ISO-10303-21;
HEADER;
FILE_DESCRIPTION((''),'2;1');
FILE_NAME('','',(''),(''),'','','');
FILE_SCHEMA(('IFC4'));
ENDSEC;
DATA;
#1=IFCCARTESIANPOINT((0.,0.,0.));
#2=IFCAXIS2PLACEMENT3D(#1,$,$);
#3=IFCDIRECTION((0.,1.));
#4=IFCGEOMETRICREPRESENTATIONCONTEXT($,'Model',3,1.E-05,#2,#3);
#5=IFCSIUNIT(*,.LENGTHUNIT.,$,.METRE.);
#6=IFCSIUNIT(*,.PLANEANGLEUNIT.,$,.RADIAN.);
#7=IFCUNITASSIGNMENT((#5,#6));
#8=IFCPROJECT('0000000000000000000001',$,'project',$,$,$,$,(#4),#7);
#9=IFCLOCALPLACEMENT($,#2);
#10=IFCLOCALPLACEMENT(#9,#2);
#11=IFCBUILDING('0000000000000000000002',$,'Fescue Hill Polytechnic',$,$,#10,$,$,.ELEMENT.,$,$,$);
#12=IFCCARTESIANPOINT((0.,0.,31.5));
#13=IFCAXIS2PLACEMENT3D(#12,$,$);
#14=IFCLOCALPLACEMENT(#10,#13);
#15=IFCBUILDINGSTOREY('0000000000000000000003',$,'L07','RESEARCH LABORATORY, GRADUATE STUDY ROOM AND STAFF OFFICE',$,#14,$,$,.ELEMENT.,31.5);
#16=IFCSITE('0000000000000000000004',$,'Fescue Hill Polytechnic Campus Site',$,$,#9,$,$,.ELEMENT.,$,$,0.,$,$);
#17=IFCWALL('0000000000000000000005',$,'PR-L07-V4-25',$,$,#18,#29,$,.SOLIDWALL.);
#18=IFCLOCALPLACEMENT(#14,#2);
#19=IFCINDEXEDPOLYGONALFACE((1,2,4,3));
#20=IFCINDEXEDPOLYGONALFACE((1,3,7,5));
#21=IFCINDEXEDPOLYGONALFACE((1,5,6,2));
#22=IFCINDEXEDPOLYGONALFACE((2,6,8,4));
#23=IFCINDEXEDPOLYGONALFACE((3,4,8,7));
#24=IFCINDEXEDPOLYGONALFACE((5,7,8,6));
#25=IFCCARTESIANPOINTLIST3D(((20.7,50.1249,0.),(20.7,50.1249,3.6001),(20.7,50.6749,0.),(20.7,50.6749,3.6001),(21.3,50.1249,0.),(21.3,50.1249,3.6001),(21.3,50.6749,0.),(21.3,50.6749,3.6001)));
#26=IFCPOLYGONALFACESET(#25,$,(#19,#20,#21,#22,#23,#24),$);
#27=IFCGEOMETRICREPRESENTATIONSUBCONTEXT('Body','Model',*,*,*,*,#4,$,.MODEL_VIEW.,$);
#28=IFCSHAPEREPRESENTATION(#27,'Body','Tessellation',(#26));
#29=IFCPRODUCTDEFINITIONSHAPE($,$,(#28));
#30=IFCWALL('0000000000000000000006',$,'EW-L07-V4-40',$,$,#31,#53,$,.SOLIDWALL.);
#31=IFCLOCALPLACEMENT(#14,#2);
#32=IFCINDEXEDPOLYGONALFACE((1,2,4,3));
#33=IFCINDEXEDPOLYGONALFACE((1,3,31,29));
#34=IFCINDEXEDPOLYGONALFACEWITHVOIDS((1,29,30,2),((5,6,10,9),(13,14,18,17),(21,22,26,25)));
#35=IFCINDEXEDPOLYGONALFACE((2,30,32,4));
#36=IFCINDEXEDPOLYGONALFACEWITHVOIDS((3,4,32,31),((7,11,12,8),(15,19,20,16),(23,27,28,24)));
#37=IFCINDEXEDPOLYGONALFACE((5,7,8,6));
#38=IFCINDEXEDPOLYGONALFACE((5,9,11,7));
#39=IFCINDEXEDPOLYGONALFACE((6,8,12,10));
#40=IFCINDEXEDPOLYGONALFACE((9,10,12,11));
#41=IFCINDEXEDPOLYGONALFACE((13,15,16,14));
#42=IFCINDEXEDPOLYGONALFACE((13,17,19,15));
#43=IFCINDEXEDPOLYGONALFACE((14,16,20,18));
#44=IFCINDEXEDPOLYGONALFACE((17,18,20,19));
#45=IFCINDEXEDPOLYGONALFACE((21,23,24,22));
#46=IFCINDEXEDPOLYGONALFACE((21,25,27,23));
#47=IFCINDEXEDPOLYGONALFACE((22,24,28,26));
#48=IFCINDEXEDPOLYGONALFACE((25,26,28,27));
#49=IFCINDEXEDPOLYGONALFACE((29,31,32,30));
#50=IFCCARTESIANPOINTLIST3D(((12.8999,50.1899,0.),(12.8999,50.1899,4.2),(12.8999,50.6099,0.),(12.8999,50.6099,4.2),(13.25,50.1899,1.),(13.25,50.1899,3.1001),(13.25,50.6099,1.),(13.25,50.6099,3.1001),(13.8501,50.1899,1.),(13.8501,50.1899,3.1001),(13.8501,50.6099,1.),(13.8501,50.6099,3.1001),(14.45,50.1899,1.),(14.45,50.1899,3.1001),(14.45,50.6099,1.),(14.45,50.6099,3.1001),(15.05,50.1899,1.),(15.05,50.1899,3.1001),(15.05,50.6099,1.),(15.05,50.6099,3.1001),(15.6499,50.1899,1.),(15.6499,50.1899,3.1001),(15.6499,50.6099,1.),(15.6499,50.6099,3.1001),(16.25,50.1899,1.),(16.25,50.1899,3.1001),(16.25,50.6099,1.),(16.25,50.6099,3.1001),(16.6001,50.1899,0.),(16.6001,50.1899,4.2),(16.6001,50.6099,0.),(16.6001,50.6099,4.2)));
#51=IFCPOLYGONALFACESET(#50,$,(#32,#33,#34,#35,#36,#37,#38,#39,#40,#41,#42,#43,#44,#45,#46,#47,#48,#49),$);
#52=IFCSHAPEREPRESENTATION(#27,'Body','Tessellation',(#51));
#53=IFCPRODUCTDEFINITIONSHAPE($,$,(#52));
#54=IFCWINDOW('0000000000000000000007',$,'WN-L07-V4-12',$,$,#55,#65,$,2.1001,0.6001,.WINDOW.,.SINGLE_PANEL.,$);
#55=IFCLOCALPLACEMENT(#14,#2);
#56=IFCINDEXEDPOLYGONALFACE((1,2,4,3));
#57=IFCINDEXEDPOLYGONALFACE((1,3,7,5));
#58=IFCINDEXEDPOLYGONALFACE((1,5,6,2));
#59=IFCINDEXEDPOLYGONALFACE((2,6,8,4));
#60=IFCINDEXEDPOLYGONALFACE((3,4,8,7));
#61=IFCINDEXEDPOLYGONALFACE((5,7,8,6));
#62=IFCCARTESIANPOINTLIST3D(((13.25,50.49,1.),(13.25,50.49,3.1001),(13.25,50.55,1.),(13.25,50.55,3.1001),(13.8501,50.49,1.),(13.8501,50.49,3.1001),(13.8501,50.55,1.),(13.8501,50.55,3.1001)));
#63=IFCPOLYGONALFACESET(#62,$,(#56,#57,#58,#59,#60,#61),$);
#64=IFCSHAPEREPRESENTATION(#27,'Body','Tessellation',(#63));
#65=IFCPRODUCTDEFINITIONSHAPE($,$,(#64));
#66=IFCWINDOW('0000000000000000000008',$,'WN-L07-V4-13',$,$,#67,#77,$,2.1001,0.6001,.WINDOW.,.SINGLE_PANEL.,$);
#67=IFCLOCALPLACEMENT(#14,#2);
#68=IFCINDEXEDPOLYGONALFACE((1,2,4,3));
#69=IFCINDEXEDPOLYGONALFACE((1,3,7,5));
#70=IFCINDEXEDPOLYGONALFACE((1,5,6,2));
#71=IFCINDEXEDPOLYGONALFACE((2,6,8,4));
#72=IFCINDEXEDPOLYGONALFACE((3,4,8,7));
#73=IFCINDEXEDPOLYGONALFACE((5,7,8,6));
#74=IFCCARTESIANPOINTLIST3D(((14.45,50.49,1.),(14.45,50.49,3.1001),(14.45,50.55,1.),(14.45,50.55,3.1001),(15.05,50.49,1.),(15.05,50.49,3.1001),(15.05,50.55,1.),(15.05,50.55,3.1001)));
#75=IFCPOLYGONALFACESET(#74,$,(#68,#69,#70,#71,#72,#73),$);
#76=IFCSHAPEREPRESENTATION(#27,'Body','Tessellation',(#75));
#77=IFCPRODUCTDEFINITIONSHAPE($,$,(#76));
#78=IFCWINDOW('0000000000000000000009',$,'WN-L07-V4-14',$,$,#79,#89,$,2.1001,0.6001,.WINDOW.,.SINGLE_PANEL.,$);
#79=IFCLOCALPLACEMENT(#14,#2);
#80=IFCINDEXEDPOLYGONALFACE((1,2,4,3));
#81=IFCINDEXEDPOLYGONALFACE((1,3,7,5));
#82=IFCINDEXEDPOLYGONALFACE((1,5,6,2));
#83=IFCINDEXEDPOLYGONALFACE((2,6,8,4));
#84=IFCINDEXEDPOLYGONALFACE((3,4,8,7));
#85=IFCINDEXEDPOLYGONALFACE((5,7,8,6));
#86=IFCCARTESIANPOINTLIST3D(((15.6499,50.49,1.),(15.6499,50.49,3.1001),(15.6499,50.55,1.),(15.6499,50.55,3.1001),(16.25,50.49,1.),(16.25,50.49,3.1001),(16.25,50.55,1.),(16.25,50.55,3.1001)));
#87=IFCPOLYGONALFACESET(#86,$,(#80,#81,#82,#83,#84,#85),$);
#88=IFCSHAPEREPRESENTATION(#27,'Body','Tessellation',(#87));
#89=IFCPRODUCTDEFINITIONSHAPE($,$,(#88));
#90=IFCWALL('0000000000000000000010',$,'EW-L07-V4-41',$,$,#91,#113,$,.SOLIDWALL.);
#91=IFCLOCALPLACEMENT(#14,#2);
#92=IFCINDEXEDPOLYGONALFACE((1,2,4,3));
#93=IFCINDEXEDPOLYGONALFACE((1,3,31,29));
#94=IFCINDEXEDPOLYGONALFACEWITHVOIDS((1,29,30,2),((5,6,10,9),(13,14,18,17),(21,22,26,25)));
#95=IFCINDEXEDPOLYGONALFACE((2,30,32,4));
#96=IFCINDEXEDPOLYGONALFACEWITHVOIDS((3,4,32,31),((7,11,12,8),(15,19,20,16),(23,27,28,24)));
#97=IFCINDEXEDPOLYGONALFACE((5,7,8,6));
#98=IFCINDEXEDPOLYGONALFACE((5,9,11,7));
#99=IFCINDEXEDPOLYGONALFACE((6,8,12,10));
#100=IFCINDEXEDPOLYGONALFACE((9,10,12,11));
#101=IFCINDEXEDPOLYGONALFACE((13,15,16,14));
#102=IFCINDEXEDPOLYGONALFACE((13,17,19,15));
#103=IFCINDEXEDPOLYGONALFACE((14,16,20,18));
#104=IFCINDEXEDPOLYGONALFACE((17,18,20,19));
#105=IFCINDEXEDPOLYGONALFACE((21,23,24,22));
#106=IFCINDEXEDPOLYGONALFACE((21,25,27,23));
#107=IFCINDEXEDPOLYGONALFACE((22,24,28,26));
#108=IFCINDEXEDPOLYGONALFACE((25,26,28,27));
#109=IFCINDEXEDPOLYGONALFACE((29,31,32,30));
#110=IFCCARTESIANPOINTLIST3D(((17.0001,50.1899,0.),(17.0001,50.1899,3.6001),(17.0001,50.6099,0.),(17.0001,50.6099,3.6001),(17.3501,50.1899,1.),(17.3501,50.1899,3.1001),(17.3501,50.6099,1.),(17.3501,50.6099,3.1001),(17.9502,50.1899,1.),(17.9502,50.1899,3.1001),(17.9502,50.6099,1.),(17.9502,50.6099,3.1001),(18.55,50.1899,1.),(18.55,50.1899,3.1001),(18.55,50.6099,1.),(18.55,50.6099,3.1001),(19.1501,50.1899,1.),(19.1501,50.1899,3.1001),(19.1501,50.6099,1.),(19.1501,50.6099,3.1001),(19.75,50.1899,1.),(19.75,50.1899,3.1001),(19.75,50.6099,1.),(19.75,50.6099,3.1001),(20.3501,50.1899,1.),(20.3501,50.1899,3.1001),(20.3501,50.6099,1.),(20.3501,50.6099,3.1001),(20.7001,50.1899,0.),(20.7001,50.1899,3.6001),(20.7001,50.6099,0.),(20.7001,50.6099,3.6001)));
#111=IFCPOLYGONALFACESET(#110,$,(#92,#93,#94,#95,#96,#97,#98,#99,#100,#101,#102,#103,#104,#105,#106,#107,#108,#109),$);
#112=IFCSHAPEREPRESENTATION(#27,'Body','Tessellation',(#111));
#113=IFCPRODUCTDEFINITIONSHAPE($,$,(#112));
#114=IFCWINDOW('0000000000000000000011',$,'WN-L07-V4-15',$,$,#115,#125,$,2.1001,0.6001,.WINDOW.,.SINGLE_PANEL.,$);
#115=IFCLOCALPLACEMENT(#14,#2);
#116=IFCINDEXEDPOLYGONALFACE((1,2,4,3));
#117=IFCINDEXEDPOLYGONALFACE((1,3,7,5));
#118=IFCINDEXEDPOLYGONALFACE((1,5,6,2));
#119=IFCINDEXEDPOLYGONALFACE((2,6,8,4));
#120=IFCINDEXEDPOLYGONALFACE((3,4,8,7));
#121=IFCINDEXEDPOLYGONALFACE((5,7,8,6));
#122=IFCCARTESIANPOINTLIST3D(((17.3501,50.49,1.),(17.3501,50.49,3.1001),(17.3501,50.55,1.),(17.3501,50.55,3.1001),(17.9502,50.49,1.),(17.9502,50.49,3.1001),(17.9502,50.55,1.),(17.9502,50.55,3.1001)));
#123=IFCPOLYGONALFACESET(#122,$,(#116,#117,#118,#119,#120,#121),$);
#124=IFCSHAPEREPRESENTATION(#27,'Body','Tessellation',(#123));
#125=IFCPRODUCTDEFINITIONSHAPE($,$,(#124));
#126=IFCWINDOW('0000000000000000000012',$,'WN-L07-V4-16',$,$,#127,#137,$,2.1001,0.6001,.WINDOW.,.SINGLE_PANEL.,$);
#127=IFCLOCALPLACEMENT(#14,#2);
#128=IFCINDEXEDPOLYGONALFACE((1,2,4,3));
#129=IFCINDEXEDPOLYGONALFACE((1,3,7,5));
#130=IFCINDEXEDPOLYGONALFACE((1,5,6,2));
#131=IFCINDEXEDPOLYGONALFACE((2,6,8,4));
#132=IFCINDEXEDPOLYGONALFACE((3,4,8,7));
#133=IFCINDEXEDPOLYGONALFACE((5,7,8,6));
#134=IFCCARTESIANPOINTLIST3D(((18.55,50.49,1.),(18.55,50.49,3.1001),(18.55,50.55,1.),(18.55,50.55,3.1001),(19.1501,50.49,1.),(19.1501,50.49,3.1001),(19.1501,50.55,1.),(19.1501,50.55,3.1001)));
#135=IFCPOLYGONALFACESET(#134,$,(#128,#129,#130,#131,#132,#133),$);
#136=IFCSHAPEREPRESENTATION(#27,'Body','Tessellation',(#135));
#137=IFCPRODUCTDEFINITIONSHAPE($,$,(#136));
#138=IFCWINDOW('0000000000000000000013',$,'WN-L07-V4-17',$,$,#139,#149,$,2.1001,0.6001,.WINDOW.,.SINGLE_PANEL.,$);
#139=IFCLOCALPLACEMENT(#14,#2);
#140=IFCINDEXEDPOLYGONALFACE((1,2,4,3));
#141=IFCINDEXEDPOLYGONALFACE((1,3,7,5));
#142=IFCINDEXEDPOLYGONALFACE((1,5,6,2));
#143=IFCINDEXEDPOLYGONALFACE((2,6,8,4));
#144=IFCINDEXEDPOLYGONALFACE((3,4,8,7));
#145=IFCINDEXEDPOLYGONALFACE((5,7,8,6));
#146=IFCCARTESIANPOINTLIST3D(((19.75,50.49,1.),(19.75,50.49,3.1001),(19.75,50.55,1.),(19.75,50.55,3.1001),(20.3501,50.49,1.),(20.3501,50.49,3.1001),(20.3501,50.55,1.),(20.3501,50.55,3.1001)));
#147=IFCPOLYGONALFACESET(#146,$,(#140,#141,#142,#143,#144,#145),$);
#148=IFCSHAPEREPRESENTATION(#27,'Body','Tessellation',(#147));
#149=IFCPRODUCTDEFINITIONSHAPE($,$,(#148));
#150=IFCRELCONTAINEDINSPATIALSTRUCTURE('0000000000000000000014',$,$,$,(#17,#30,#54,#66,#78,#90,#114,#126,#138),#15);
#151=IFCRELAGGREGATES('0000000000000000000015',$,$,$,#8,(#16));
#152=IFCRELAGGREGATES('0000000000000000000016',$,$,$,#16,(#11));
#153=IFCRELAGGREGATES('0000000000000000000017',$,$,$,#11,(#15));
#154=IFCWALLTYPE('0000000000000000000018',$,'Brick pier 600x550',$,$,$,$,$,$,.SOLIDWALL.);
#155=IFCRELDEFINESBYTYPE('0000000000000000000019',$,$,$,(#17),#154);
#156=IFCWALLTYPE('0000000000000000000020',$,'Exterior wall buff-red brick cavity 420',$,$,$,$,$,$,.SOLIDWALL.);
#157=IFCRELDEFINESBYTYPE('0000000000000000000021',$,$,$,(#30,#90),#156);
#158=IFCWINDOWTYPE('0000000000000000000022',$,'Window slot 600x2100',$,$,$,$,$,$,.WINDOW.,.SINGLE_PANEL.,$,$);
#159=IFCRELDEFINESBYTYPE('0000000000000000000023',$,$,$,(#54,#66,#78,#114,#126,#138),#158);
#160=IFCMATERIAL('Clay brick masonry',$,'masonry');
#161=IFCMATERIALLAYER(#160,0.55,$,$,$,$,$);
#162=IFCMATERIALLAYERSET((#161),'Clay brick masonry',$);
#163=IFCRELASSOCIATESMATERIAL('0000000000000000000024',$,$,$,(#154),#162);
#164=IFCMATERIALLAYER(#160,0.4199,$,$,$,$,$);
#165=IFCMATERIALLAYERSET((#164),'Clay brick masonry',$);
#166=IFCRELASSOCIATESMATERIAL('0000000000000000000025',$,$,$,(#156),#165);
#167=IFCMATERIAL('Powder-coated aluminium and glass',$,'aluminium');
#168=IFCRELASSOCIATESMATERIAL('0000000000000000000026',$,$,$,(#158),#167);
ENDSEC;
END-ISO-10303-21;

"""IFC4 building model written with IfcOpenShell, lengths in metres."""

from ifc_helpers import new_model, si_unit, direction, frame, frame_2d, origin, place, context, subcontext, project, spatial, rectangle, extrude, material, layer, layer_set, type_object, element, fill, save


model = new_model("IFC4")

# Units and contexts
model_context = context("Model", 3, precision=1e-05, world=origin(), true_north=direction((0.0, 1.0)))
body_context = subcontext(model_context, "Body", "Model", "MODEL_VIEW")
ifc_project = project(units=[si_unit("LENGTHUNIT", "METRE"), si_unit("PLANEANGLEUNIT", "RADIAN")], contexts=[model_context])

# Site, building, storey
site_placement = place(None, origin())
site = spatial("IfcSite", under=ifc_project, at=site_placement, Name="Fescue Hill Polytechnic Campus Site", CompositionType="ELEMENT", RefElevation=0.0)
building_placement = place(site_placement, origin())
building = spatial("IfcBuilding", under=site, at=building_placement, Name="Fescue Hill Polytechnic", CompositionType="ELEMENT")
storey_placement = place(building_placement, frame((0.0, 0.0, 31.5)))
storey = spatial("IfcBuildingStorey", under=building, at=storey_placement, Name="L07", Description="RESEARCH LABORATORY, GRADUATE STUDY ROOM AND STAFF OFFICE", CompositionType="ELEMENT", Elevation=31.5)

# Wall
ifc_material_1 = material(Name="Clay brick masonry", Category="masonry")
ifc_layer_1 = layer(ifc_material_1, 0.55)
ifc_layer_set_1 = layer_set([ifc_layer_1], Name="Clay brick masonry")
wall_type_1 = type_object("IfcWallType", Name="Brick pier 600x550", PredefinedType="SOLIDWALL", material=ifc_layer_set_1)
wall_1_placement = place(storey_placement, frame((20.7, 50.3999, 0.0), z_axis=(0.0, 0.0, 1.0), x_axis=(1.0, 0.0, 0.0)))
element("IfcWall", 1, at=wall_1_placement, inside=storey, type_object=wall_type_1, Name="PR-L07-V4-25", PredefinedType="SOLIDWALL", context=body_context, shape_type="SweptSolid", body=[
    extrude(rectangle(XDim=0.6001, YDim=0.55, at=frame_2d((0.3, 0.0))), origin(), (0.0, 0.0, 1.0), 3.6001),
])

# Walls, openings, windows
ifc_layer_2 = layer(ifc_material_1, 0.4199)
ifc_layer_set_2 = layer_set([ifc_layer_2], Name="Clay brick masonry")
wall_type_2 = type_object("IfcWallType", Name="Exterior wall buff-red brick cavity 420", PredefinedType="SOLIDWALL", material=ifc_layer_set_2)
wall_2_placement = place(storey_placement, frame((12.8999, 50.3999, 0.0), z_axis=(0.0, 0.0, 1.0), x_axis=(1.0, 0.0, 0.0)))
wall_2 = element("IfcWall", 2, at=wall_2_placement, inside=storey, type_object=wall_type_2, Name="EW-L07-V4-40", PredefinedType="SOLIDWALL", context=body_context, shape_type="SweptSolid", body=[
    extrude(rectangle(XDim=3.7002, YDim=0.4199, at=frame_2d((1.8501, 0.0))), origin(), (0.0, 0.0, 1.0), 4.2),
])
opening_1_placement = place(wall_2_placement, frame((0.3501, 0.0, 1.0)))
opening_1 = element("IfcOpeningElement", 3, at=opening_1_placement, cuts=wall_2, PredefinedType="OPENING", context=body_context, shape_type="SweptSolid", body=[
    extrude(rectangle(XDim=0.6001, YDim=2.1001, at=frame_2d((0.3, 1.05))), frame((0.0, 0.22, 0.0), z_axis=(0.0, -1.0, 0.0), x_axis=(1.0, 0.0, 0.0)), (0.0, 0.0, 1.0), 0.4399),
])
opening_2_placement = place(wall_2_placement, frame((1.55, 0.0, 1.0)))
opening_2 = element("IfcOpeningElement", 4, at=opening_2_placement, cuts=wall_2, PredefinedType="OPENING", context=body_context, shape_type="SweptSolid", body=[
    extrude(rectangle(XDim=0.6001, YDim=2.1001, at=frame_2d((0.3, 1.05))), frame((0.0, 0.22, 0.0), z_axis=(0.0, -1.0, 0.0), x_axis=(1.0, 0.0, 0.0)), (0.0, 0.0, 1.0), 0.4399),
])
opening_3_placement = place(wall_2_placement, frame((2.75, 0.0, 1.0)))
opening_3 = element("IfcOpeningElement", 5, at=opening_3_placement, cuts=wall_2, PredefinedType="OPENING", context=body_context, shape_type="SweptSolid", body=[
    extrude(rectangle(XDim=0.6001, YDim=2.1001, at=frame_2d((0.3, 1.05))), frame((0.0, 0.22, 0.0), z_axis=(0.0, -1.0, 0.0), x_axis=(1.0, 0.0, 0.0)), (0.0, 0.0, 1.0), 0.4399),
])
ifc_material_2 = material(Name="Powder-coated aluminium and glass", Category="aluminium")
window_type = type_object("IfcWindowType", Name="Window slot 600x2100", PartitioningType="SINGLE_PANEL", PredefinedType="WINDOW", material=ifc_material_2)
window_1_placement = place(opening_1_placement, origin())
window_1 = element("IfcWindow", 6, at=window_1_placement, inside=storey, type_object=window_type, Name="WN-L07-V4-12", OverallHeight=2.1001, OverallWidth=0.6001, PartitioningType="SINGLE_PANEL", PredefinedType="WINDOW", context=body_context, shape_type="SweptSolid", body=[
    extrude(rectangle(XDim=0.6001, YDim=2.1001, at=frame_2d((0.3, 1.05))), frame((0.0, 0.1501, 0.0), z_axis=(0.0, -1.0, 0.0), x_axis=(1.0, 0.0, 0.0)), (0.0, 0.0, 1.0), 0.0601),
])
fill(opening_1, window_1)
window_2_placement = place(opening_2_placement, origin())
window_2 = element("IfcWindow", 7, at=window_2_placement, inside=storey, type_object=window_type, Name="WN-L07-V4-13", OverallHeight=2.1001, OverallWidth=0.6001, PartitioningType="SINGLE_PANEL", PredefinedType="WINDOW", context=body_context, shape_type="SweptSolid", body=[
    extrude(rectangle(XDim=0.6001, YDim=2.1001, at=frame_2d((0.3, 1.05))), frame((0.0, 0.1501, 0.0), z_axis=(0.0, -1.0, 0.0), x_axis=(1.0, 0.0, 0.0)), (0.0, 0.0, 1.0), 0.0601),
])
fill(opening_2, window_2)
window_3_placement = place(opening_3_placement, origin())
window_3 = element("IfcWindow", 8, at=window_3_placement, inside=storey, type_object=window_type, Name="WN-L07-V4-14", OverallHeight=2.1001, OverallWidth=0.6001, PartitioningType="SINGLE_PANEL", PredefinedType="WINDOW", context=body_context, shape_type="SweptSolid", body=[
    extrude(rectangle(XDim=0.6001, YDim=2.1001, at=frame_2d((0.3, 1.05))), frame((0.0, 0.1501, 0.0), z_axis=(0.0, -1.0, 0.0), x_axis=(1.0, 0.0, 0.0)), (0.0, 0.0, 1.0), 0.0601),
])
fill(opening_3, window_3)
wall_3_placement = place(storey_placement, frame((17.0, 50.3999, 0.0), z_axis=(0.0, 0.0, 1.0), x_axis=(1.0, 0.0, 0.0)))
wall_3 = element("IfcWall", 9, at=wall_3_placement, inside=storey, type_object=wall_type_2, Name="EW-L07-V4-41", PredefinedType="SOLIDWALL", context=body_context, shape_type="SweptSolid", body=[
    extrude(rectangle(XDim=3.7, YDim=0.4199, at=frame_2d((1.8501, 0.0))), origin(), (0.0, 0.0, 1.0), 3.6001),
])
opening_4_placement = place(wall_3_placement, frame((0.3501, 0.0, 1.0)))
opening_4 = element("IfcOpeningElement", 10, at=opening_4_placement, cuts=wall_3, PredefinedType="OPENING", context=body_context, shape_type="SweptSolid", body=[
    extrude(rectangle(XDim=0.6001, YDim=2.1001, at=frame_2d((0.3, 1.05))), frame((0.0, 0.22, 0.0), z_axis=(0.0, -1.0, 0.0), x_axis=(1.0, 0.0, 0.0)), (0.0, 0.0, 1.0), 0.4399),
])
opening_5_placement = place(wall_3_placement, frame((1.55, 0.0, 1.0)))
opening_5 = element("IfcOpeningElement", 11, at=opening_5_placement, cuts=wall_3, PredefinedType="OPENING", context=body_context, shape_type="SweptSolid", body=[
    extrude(rectangle(XDim=0.6001, YDim=2.1001, at=frame_2d((0.3, 1.05))), frame((0.0, 0.22, 0.0), z_axis=(0.0, -1.0, 0.0), x_axis=(1.0, 0.0, 0.0)), (0.0, 0.0, 1.0), 0.4399),
])
opening_6_placement = place(wall_3_placement, frame((2.75, 0.0, 1.0)))
opening_6 = element("IfcOpeningElement", 12, at=opening_6_placement, cuts=wall_3, PredefinedType="OPENING", context=body_context, shape_type="SweptSolid", body=[
    extrude(rectangle(XDim=0.6001, YDim=2.1001, at=frame_2d((0.3, 1.05))), frame((0.0, 0.22, 0.0), z_axis=(0.0, -1.0, 0.0), x_axis=(1.0, 0.0, 0.0)), (0.0, 0.0, 1.0), 0.4399),
])
window_4_placement = place(opening_4_placement, origin())
window_4 = element("IfcWindow", 13, at=window_4_placement, inside=storey, type_object=window_type, Name="WN-L07-V4-15", OverallHeight=2.1001, OverallWidth=0.6001, PartitioningType="SINGLE_PANEL", PredefinedType="WINDOW", context=body_context, shape_type="SweptSolid", body=[
    extrude(rectangle(XDim=0.6001, YDim=2.1001, at=frame_2d((0.3, 1.05))), frame((0.0, 0.1501, 0.0), z_axis=(0.0, -1.0, 0.0), x_axis=(1.0, 0.0, 0.0)), (0.0, 0.0, 1.0), 0.0601),
])
fill(opening_4, window_4)
window_5_placement = place(opening_5_placement, origin())
window_5 = element("IfcWindow", 14, at=window_5_placement, inside=storey, type_object=window_type, Name="WN-L07-V4-16", OverallHeight=2.1001, OverallWidth=0.6001, PartitioningType="SINGLE_PANEL", PredefinedType="WINDOW", context=body_context, shape_type="SweptSolid", body=[
    extrude(rectangle(XDim=0.6001, YDim=2.1001, at=frame_2d((0.3, 1.05))), frame((0.0, 0.1501, 0.0), z_axis=(0.0, -1.0, 0.0), x_axis=(1.0, 0.0, 0.0)), (0.0, 0.0, 1.0), 0.0601),
])
fill(opening_5, window_5)
window_6_placement = place(opening_6_placement, origin())
window_6 = element("IfcWindow", 15, at=window_6_placement, inside=storey, type_object=window_type, Name="WN-L07-V4-17", OverallHeight=2.1001, OverallWidth=0.6001, PartitioningType="SINGLE_PANEL", PredefinedType="WINDOW", context=body_context, shape_type="SweptSolid", body=[
    extrude(rectangle(XDim=0.6001, YDim=2.1001, at=frame_2d((0.3, 1.05))), frame((0.0, 0.1501, 0.0), z_axis=(0.0, -1.0, 0.0), x_axis=(1.0, 0.0, 0.0)), (0.0, 0.0, 1.0), 0.0601),
])
fill(opening_6, window_6)

save(model, "model.ifc")
